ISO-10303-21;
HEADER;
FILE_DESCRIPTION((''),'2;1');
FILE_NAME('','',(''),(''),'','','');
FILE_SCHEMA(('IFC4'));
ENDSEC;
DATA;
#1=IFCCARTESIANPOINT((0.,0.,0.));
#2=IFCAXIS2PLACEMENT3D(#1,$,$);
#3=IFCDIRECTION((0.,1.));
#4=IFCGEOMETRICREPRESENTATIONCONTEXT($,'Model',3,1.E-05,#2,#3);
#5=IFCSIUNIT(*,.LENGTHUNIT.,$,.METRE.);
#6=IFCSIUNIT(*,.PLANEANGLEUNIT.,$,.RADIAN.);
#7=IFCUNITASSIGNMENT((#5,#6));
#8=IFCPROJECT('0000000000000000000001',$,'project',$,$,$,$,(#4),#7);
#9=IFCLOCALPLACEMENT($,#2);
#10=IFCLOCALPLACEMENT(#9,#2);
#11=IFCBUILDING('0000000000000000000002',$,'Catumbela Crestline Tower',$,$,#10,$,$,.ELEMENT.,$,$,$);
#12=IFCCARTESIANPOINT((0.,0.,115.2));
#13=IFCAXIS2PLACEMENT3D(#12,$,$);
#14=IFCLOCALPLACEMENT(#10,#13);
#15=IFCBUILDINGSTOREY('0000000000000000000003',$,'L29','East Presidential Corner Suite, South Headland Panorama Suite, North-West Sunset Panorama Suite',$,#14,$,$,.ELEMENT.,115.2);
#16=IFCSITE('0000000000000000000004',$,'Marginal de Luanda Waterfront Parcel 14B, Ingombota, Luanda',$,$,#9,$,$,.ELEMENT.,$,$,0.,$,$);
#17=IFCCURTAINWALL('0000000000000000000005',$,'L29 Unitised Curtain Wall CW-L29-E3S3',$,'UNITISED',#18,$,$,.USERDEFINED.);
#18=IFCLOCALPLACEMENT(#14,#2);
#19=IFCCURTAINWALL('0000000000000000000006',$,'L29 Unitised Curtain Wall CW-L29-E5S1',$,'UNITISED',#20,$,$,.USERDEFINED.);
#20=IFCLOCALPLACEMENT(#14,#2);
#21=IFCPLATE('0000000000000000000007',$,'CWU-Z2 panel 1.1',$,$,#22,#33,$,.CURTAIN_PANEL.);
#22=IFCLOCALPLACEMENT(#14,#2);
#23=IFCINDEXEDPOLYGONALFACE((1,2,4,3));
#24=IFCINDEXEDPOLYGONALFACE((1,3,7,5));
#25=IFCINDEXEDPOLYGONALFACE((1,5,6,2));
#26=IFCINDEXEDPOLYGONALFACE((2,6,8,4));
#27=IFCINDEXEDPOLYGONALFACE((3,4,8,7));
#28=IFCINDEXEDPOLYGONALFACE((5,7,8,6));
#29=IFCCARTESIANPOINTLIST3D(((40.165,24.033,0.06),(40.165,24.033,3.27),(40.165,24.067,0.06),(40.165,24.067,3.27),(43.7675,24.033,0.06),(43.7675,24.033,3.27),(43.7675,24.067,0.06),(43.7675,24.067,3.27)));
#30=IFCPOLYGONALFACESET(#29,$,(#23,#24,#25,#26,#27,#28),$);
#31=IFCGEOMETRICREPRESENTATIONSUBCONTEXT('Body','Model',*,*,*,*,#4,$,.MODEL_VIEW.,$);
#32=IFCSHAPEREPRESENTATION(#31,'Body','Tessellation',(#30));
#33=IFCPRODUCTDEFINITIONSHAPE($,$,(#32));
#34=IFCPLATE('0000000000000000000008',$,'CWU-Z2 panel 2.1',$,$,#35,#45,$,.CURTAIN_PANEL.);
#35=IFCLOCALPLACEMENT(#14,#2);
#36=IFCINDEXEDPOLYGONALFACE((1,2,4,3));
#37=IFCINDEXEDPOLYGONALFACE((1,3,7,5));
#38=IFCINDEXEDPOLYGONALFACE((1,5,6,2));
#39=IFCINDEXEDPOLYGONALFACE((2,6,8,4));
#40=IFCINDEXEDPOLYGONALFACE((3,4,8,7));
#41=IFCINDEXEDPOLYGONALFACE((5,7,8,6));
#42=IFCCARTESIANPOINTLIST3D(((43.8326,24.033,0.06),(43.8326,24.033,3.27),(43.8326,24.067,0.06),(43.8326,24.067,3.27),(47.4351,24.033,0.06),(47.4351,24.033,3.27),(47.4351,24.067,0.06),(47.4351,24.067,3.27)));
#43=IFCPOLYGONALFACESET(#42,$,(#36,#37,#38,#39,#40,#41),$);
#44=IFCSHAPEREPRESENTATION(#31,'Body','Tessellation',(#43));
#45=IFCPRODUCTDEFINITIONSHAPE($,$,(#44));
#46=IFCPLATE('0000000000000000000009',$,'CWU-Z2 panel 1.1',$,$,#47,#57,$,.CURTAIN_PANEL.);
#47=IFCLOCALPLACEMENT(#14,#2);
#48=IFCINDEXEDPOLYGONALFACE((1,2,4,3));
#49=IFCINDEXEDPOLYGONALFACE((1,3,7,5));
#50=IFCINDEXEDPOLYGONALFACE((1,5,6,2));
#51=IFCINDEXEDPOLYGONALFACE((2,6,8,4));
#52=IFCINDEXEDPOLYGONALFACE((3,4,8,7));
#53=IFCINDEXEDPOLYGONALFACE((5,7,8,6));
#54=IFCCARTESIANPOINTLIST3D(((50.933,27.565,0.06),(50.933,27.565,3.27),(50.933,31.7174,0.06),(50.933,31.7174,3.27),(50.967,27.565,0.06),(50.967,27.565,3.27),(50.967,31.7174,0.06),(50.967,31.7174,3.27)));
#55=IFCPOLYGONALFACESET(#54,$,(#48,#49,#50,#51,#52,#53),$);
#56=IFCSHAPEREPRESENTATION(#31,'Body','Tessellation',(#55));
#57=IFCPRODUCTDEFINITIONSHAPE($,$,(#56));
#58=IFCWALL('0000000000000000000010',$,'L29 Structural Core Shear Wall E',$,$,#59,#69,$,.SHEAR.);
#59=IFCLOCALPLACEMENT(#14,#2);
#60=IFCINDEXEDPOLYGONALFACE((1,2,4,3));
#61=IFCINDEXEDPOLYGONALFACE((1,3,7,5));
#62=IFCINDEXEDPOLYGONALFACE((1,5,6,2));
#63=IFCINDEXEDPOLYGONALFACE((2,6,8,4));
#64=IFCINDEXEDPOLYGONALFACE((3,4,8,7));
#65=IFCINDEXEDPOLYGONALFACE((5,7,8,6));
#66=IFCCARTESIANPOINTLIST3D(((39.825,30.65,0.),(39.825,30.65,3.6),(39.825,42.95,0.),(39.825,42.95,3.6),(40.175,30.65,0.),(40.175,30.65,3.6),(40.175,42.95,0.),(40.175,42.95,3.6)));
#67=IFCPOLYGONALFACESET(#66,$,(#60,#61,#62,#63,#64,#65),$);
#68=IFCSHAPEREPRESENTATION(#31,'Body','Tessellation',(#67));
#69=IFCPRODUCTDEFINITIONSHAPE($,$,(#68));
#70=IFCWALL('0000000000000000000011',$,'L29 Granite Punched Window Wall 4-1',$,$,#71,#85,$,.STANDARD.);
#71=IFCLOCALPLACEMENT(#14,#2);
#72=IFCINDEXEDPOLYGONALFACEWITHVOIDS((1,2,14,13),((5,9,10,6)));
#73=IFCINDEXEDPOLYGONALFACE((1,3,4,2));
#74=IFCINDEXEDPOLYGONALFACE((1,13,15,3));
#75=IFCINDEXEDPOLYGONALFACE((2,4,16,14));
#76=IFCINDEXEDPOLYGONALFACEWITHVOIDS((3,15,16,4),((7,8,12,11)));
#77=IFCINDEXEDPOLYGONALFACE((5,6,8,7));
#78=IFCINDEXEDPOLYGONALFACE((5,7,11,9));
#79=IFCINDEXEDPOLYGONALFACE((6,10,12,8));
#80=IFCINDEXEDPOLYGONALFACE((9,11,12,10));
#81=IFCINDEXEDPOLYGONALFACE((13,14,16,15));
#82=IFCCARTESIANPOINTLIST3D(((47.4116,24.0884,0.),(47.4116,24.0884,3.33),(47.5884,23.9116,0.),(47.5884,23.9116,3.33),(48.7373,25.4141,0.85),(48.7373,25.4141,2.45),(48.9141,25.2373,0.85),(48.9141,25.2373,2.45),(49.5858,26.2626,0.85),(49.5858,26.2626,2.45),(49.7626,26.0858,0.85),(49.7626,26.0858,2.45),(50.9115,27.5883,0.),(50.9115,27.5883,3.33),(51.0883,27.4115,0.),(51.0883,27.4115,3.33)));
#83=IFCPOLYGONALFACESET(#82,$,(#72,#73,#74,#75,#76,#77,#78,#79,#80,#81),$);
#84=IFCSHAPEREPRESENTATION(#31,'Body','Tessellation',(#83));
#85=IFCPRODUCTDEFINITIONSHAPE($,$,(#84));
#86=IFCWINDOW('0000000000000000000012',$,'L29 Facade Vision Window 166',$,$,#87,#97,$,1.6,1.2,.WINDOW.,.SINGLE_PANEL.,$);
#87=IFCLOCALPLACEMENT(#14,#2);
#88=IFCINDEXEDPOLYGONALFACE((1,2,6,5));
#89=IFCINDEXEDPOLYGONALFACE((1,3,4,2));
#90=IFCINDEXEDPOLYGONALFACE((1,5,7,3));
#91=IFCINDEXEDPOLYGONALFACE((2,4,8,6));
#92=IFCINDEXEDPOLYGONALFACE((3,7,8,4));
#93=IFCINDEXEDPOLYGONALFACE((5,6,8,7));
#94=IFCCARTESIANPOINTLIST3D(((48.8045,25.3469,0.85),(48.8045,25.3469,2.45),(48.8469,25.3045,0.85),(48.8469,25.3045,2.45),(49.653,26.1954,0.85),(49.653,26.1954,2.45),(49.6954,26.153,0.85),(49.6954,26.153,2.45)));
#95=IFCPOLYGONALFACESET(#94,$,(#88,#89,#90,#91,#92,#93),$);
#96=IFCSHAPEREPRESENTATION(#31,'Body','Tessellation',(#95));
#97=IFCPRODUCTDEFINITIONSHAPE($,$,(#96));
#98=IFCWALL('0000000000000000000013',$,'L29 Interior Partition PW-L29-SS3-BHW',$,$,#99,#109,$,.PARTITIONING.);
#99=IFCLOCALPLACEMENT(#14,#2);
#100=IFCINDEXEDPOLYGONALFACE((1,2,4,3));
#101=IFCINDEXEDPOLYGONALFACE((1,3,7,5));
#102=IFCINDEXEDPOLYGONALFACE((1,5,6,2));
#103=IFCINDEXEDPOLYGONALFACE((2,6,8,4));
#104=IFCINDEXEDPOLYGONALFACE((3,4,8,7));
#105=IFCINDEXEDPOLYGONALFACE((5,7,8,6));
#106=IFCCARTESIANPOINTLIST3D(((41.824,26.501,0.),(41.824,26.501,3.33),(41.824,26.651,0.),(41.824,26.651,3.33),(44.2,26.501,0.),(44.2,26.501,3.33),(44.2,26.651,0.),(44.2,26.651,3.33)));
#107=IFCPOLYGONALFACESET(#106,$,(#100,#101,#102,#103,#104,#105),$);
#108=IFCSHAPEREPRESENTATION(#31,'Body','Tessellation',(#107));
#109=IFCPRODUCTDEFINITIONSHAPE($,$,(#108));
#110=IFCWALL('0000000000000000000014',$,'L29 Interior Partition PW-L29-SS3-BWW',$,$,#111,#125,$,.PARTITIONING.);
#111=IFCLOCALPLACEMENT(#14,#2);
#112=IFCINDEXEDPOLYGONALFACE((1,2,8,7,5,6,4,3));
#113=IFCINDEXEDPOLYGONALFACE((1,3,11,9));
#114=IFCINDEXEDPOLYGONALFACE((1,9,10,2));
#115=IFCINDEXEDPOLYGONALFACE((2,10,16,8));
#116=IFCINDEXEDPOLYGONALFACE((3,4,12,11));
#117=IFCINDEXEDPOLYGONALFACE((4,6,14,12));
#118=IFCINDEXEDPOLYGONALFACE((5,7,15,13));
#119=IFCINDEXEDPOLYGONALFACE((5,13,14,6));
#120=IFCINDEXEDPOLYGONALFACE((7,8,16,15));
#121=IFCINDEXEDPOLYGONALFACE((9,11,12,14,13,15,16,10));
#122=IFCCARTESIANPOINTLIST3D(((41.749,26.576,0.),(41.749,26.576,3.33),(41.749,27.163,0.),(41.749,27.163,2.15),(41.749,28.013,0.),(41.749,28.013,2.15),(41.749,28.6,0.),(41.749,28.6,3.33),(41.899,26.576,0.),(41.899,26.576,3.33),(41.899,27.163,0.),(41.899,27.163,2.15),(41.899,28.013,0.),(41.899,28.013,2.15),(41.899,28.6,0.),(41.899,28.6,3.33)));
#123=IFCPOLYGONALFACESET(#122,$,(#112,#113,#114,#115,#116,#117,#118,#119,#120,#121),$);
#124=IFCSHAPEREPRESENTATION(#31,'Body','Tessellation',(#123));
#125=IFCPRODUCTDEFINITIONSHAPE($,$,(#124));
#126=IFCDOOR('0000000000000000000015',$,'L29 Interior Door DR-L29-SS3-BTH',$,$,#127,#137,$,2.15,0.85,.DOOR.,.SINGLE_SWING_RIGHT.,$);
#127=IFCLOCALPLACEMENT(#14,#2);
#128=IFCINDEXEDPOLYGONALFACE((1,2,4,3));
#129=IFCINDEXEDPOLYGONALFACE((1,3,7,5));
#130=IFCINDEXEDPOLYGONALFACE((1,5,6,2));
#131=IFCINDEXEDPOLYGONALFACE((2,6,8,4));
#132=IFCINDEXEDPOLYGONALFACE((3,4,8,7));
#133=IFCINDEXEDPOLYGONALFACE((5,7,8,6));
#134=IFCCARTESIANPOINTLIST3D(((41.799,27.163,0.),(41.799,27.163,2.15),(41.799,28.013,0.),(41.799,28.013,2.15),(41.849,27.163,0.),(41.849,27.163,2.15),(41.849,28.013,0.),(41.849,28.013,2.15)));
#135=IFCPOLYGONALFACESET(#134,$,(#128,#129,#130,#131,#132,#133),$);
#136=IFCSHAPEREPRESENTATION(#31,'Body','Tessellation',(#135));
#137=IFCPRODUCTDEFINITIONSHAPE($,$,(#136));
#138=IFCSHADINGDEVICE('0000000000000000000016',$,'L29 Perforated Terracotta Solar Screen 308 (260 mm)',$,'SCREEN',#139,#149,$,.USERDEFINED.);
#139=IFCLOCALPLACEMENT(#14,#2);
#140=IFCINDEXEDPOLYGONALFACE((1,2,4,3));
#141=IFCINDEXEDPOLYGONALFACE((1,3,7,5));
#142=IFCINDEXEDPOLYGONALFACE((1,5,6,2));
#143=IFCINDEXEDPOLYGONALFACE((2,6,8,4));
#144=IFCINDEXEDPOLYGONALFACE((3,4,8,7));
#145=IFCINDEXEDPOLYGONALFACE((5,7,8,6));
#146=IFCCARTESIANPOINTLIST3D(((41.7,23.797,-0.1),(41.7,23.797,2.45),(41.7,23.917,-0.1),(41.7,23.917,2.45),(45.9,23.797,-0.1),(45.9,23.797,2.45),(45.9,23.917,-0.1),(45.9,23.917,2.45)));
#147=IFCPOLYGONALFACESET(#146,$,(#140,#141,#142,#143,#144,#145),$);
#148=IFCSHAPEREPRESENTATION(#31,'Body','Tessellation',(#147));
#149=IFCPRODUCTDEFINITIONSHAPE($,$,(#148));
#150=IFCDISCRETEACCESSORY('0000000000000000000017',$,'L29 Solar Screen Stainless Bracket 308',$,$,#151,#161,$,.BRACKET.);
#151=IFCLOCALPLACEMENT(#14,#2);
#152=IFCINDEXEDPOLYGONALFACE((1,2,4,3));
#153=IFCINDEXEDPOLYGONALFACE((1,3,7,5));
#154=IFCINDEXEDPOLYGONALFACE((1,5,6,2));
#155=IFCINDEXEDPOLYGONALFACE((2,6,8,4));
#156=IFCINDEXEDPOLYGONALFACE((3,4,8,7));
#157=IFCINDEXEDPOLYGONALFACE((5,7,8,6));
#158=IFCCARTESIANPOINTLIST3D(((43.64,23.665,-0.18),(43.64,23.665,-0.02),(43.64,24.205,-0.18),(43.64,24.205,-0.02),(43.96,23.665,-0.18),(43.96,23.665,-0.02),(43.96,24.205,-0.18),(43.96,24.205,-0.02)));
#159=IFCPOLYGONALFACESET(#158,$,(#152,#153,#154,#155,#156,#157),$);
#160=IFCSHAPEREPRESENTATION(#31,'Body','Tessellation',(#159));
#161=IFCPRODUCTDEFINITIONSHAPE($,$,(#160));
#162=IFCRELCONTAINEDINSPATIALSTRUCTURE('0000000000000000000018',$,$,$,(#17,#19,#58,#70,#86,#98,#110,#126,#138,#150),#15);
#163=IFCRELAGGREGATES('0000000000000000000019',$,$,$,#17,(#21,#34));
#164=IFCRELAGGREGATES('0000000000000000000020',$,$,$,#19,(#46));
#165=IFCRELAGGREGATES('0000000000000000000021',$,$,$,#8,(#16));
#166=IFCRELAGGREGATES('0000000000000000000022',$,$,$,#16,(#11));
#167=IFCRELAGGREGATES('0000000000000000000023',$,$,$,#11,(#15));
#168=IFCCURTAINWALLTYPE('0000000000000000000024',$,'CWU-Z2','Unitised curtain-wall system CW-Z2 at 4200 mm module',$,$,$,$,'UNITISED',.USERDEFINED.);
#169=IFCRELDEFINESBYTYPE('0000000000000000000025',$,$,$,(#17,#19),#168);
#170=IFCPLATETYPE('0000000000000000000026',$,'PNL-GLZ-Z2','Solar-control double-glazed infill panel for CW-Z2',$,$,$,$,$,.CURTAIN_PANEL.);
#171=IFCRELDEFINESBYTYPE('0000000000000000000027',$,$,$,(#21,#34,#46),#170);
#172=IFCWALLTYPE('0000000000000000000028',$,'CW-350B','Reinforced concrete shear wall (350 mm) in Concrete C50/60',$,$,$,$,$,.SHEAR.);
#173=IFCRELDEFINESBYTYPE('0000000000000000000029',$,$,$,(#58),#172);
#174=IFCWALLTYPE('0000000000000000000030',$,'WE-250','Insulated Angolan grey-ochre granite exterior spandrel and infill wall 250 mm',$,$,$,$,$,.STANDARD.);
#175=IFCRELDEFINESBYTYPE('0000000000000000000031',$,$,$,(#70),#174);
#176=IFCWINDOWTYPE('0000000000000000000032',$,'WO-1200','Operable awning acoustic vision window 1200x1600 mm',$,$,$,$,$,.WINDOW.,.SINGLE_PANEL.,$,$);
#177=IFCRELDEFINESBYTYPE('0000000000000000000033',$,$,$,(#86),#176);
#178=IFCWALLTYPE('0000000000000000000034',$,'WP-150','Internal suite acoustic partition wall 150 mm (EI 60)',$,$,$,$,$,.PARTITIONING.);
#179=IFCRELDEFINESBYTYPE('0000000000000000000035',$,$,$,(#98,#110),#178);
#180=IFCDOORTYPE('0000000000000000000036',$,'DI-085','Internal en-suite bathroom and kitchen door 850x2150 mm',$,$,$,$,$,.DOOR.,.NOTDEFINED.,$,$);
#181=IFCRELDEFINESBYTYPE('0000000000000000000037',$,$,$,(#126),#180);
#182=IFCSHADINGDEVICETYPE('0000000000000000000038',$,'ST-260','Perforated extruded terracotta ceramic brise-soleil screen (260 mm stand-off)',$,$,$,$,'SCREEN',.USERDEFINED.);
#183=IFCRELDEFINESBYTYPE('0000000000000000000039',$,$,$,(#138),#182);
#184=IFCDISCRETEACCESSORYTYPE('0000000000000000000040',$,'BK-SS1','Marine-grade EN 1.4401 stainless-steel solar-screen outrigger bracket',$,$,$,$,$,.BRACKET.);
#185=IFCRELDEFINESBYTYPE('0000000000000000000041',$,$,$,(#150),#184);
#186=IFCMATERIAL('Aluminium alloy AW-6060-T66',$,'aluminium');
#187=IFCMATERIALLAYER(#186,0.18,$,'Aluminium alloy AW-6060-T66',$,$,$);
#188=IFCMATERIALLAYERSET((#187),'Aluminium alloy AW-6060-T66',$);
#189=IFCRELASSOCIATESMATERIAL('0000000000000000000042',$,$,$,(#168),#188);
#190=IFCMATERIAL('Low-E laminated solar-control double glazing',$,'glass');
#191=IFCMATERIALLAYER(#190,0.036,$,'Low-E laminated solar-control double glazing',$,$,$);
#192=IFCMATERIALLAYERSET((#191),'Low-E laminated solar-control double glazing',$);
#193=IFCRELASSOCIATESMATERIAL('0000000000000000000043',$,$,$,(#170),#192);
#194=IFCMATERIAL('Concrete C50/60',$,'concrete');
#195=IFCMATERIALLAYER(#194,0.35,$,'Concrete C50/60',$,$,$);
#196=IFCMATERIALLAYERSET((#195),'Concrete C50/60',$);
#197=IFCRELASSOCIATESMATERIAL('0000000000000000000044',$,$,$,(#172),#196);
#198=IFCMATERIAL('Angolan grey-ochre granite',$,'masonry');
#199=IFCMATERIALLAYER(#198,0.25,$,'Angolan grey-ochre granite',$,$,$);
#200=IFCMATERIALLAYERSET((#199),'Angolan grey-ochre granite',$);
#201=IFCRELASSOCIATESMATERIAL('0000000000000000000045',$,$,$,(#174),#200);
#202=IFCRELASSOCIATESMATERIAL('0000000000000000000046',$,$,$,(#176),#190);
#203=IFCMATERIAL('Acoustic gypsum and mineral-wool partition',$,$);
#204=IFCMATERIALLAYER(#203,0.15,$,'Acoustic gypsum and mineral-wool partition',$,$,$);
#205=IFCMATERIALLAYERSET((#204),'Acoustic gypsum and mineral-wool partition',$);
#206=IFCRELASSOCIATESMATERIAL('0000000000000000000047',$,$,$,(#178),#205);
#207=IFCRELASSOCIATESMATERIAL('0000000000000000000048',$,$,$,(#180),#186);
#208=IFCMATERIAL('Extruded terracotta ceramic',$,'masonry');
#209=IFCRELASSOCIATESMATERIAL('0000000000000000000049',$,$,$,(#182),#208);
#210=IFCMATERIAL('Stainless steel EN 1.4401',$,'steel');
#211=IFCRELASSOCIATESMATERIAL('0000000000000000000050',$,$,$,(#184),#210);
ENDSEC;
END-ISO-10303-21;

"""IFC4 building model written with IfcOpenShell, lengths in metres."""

from ifc_helpers import new_model, si_unit, direction, frame, frame_2d, origin, origin_2d, place, context, subcontext, project, spatial, rectangle, extrude, material, layer, layer_set, type_object, element, fill, aggregate, save


model = new_model("IFC4")

# Units and contexts
model_context = context("Model", 3, precision=1e-05, world=origin(), true_north=direction((0.0, 1.0)))
body_context = subcontext(model_context, "Body", "Model", "MODEL_VIEW")
ifc_project = project(units=[si_unit("LENGTHUNIT", "METRE"), si_unit("PLANEANGLEUNIT", "RADIAN")], contexts=[model_context])

# Site, building, storey
site_placement = place(None, origin())
site = spatial("IfcSite", under=ifc_project, at=site_placement, Name="Marginal de Luanda Waterfront Parcel 14B, Ingombota, Luanda", CompositionType="ELEMENT", RefElevation=0.0)
building_placement = place(site_placement, origin())
building = spatial("IfcBuilding", under=site, at=building_placement, Name="Catumbela Crestline Tower", CompositionType="ELEMENT")
storey_placement = place(building_placement, frame((0.0, 0.0, 115.2)))
storey = spatial("IfcBuildingStorey", under=building, at=storey_placement, Name="L29", Description="East Presidential Corner Suite, South Headland Panorama Suite, North-West Sunset Panorama Suite", CompositionType="ELEMENT", Elevation=115.2)

# Shared definitions
ifc_material_1 = material(Name="Concrete C50/60", Category="concrete")

# Shared definitions
ifc_material_2 = material(Name="Aluminium alloy AW-6060-T66", Category="aluminium")
ifc_layer_1 = layer(ifc_material_2, 0.18, Name="Aluminium alloy AW-6060-T66")
ifc_layer_set_1 = layer_set([ifc_layer_1], Name="Aluminium alloy AW-6060-T66")
curtain_wall_type = type_object("IfcCurtainWallType", Name="CWU-Z2", Description="Unitised curtain-wall system CW-Z2 at 4200 mm module", ElementType="UNITISED", PredefinedType="USERDEFINED", material=ifc_layer_set_1)

# Curtain wall
curtain_wall_1_placement = place(storey_placement, origin())
curtain_wall_1 = element("IfcCurtainWall", 1, at=curtain_wall_1_placement, inside=storey, type_object=curtain_wall_type, Name="L29 Unitised Curtain Wall CW-L29-E3S3", ObjectType="UNITISED", PredefinedType="USERDEFINED")

# Curtain wall
curtain_wall_2_placement = place(storey_placement, origin())
curtain_wall_2 = element("IfcCurtainWall", 2, at=curtain_wall_2_placement, inside=storey, type_object=curtain_wall_type, Name="L29 Unitised Curtain Wall CW-L29-E5S1", ObjectType="UNITISED", PredefinedType="USERDEFINED")

# Plates
ifc_material_3 = material(Name="Low-E laminated solar-control double glazing", Category="glass")
ifc_layer_2 = layer(ifc_material_3, 0.036, Name="Low-E laminated solar-control double glazing")
ifc_layer_set_2 = layer_set([ifc_layer_2], Name="Low-E laminated solar-control double glazing")
plate_type = type_object("IfcPlateType", Name="PNL-GLZ-Z2", Description="Solar-control double-glazed infill panel for CW-Z2", PredefinedType="CURTAIN_PANEL", material=ifc_layer_set_2)
plate_1_placement = place(storey_placement, frame((41.9662, 24.05, 0.06), z_axis=(0.0, 0.0, 1.0), x_axis=(1.0, 0.0, 0.0)))
plate_1 = element("IfcPlate", 3, at=plate_1_placement, type_object=plate_type, Name="CWU-Z2 panel 1.1", PredefinedType="CURTAIN_PANEL", context=body_context, shape_type="SweptSolid", body=[
    extrude(rectangle(XDim=3.6025, YDim=0.034, at=origin_2d()), origin(), (0.0, 0.0, 1.0), 3.21),
])
plate_2_placement = place(storey_placement, frame((45.6338, 24.05, 0.06), z_axis=(0.0, 0.0, 1.0), x_axis=(1.0, 0.0, 0.0)))
plate_2 = element("IfcPlate", 4, at=plate_2_placement, type_object=plate_type, Name="CWU-Z2 panel 2.1", PredefinedType="CURTAIN_PANEL", context=body_context, shape_type="SweptSolid", body=[
    extrude(rectangle(XDim=3.6025, YDim=0.034, at=origin_2d()), origin(), (0.0, 0.0, 1.0), 3.21),
])
aggregate(curtain_wall_1, [plate_1, plate_2])
plate_3_placement = place(storey_placement, frame((50.95, 29.6412, 0.06), z_axis=(0.0, 0.0, 1.0), x_axis=(0.0, 1.0, 0.0)))
plate_3 = element("IfcPlate", 5, at=plate_3_placement, type_object=plate_type, Name="CWU-Z2 panel 1.1", PredefinedType="CURTAIN_PANEL", context=body_context, shape_type="SweptSolid", body=[
    extrude(rectangle(XDim=4.1525, YDim=0.034, at=origin_2d()), origin(), (0.0, 0.0, 1.0), 3.21),
])
aggregate(curtain_wall_2, [plate_3])

# Wall
ifc_layer_3 = layer(ifc_material_1, 0.35, Name="Concrete C50/60")
ifc_layer_set_3 = layer_set([ifc_layer_3], Name="Concrete C50/60")
wall_type_1 = type_object("IfcWallType", Name="CW-350B", Description="Reinforced concrete shear wall (350 mm) in Concrete C50/60", PredefinedType="SHEAR", material=ifc_layer_set_3)
wall_1_placement = place(storey_placement, frame((40.0, 30.65, 0.0), z_axis=(0.0, 0.0, 1.0), x_axis=(0.0, 1.0, 0.0)))
element("IfcWall", 6, at=wall_1_placement, inside=storey, type_object=wall_type_1, Name="L29 Structural Core Shear Wall E", PredefinedType="SHEAR", context=body_context, shape_type="SweptSolid", body=[
    extrude(rectangle(XDim=12.3, YDim=0.35, at=frame_2d((6.15, 0.0))), origin(), (0.0, 0.0, 1.0), 3.6),
])

# Wall, opening, window
ifc_material_4 = material(Name="Angolan grey-ochre granite", Category="masonry")
ifc_layer_4 = layer(ifc_material_4, 0.25, Name="Angolan grey-ochre granite")
ifc_layer_set_4 = layer_set([ifc_layer_4], Name="Angolan grey-ochre granite")
wall_type_2 = type_object("IfcWallType", Name="WE-250", Description="Insulated Angolan grey-ochre granite exterior spandrel and infill wall 250 mm", PredefinedType="STANDARD", material=ifc_layer_set_4)
wall_2_placement = place(storey_placement, frame((47.5, 24.0, 0.0), z_axis=(0.0, 0.0, 1.0), x_axis=(0.707107, 0.707107, 0.0)))
wall_2 = element("IfcWall", 7, at=wall_2_placement, inside=storey, type_object=wall_type_2, Name="L29 Granite Punched Window Wall 4-1", PredefinedType="STANDARD", context=body_context, shape_type="SweptSolid", body=[
    extrude(rectangle(XDim=4.9497, YDim=0.25, at=frame_2d((2.4748, 0.0))), origin(), (0.0, 0.0, 1.0), 3.33),
])
opening_1_placement = place(wall_2_placement, frame((1.8748, 0.0, 0.85)))
opening_1 = element("IfcOpeningElement", 8, at=opening_1_placement, cuts=wall_2, PredefinedType="OPENING", context=body_context, shape_type="SweptSolid", body=[
    extrude(rectangle(XDim=1.2, YDim=1.6, at=frame_2d((0.6, 0.8))), frame((0.0, 0.135, 0.0), z_axis=(0.0, -1.0, 0.0), x_axis=(1.0, 0.0, 0.0)), (0.0, 0.0, 1.0), 0.27),
])
window_type = type_object("IfcWindowType", Name="WO-1200", Description="Operable awning acoustic vision window 1200x1600 mm", PartitioningType="SINGLE_PANEL", PredefinedType="WINDOW", material=ifc_material_3)
window_placement = place(opening_1_placement, origin())
window = element("IfcWindow", 9, at=window_placement, inside=storey, type_object=window_type, Name="L29 Facade Vision Window 166", OverallHeight=1.6, OverallWidth=1.2, PartitioningType="SINGLE_PANEL", PredefinedType="WINDOW", context=body_context, shape_type="SweptSolid", body=[
    extrude(rectangle(XDim=1.2, YDim=1.6, at=frame_2d((0.6, 0.8))), frame((0.0, 0.03, 0.0), z_axis=(0.0, -1.0, 0.0), x_axis=(1.0, 0.0, 0.0)), (0.0, 0.0, 1.0), 0.06),
])
fill(opening_1, window)

# Wall
ifc_material_5 = material(Name="Acoustic gypsum and mineral-wool partition")
ifc_layer_5 = layer(ifc_material_5, 0.15, Name="Acoustic gypsum and mineral-wool partition")
ifc_layer_set_5 = layer_set([ifc_layer_5], Name="Acoustic gypsum and mineral-wool partition")
wall_type_3 = type_object("IfcWallType", Name="WP-150", Description="Internal suite acoustic partition wall 150 mm (EI 60)", PredefinedType="PARTITIONING", material=ifc_layer_set_5)
wall_3_placement = place(storey_placement, frame((41.824, 26.576, 0.0), z_axis=(0.0, 0.0, 1.0), x_axis=(1.0, 0.0, 0.0)))
element("IfcWall", 10, at=wall_3_placement, inside=storey, type_object=wall_type_3, Name="L29 Interior Partition PW-L29-SS3-BHW", PredefinedType="PARTITIONING", context=body_context, shape_type="SweptSolid", body=[
    extrude(rectangle(XDim=2.376, YDim=0.15, at=frame_2d((1.188, 0.0))), origin(), (0.0, 0.0, 1.0), 3.33),
])

# Wall, opening, door
wall_4_placement = place(storey_placement, frame((41.824, 26.576, 0.0), z_axis=(0.0, 0.0, 1.0), x_axis=(0.0, 1.0, 0.0)))
wall_4 = element("IfcWall", 11, at=wall_4_placement, inside=storey, type_object=wall_type_3, Name="L29 Interior Partition PW-L29-SS3-BWW", PredefinedType="PARTITIONING", context=body_context, shape_type="SweptSolid", body=[
    extrude(rectangle(XDim=2.024, YDim=0.15, at=frame_2d((1.012, 0.0))), origin(), (0.0, 0.0, 1.0), 3.33),
])
opening_2_placement = place(wall_4_placement, frame((0.587, 0.0, 0.0)))
opening_2 = element("IfcOpeningElement", 12, at=opening_2_placement, cuts=wall_4, PredefinedType="OPENING", context=body_context, shape_type="SweptSolid", body=[
    extrude(rectangle(XDim=0.85, YDim=2.15, at=frame_2d((0.425, 1.075))), frame((0.0, 0.085, 0.0), z_axis=(0.0, -1.0, 0.0), x_axis=(1.0, 0.0, 0.0)), (0.0, 0.0, 1.0), 0.17),
])
door_type = type_object("IfcDoorType", Name="DI-085", Description="Internal en-suite bathroom and kitchen door 850x2150 mm", OperationType="NOTDEFINED", PredefinedType="DOOR", material=ifc_material_2)
door_placement = place(opening_2_placement, origin())
door = element("IfcDoor", 13, at=door_placement, inside=storey, type_object=door_type, Name="L29 Interior Door DR-L29-SS3-BTH", OperationType="SINGLE_SWING_RIGHT", OverallHeight=2.15, OverallWidth=0.85, PredefinedType="DOOR", context=body_context, shape_type="SweptSolid", body=[
    extrude(rectangle(XDim=0.85, YDim=2.15, at=frame_2d((0.425, 1.075))), frame((0.0, 0.025, 0.0), z_axis=(0.0, -1.0, 0.0), x_axis=(1.0, 0.0, 0.0)), (0.0, 0.0, 1.0), 0.05),
])
fill(opening_2, door)

# Shading device
ifc_material_6 = material(Name="Extruded terracotta ceramic", Category="masonry")
shading_device_type = type_object("IfcShadingDeviceType", Name="ST-260", Description="Perforated extruded terracotta ceramic brise-soleil screen (260 mm stand-off)", ElementType="SCREEN", PredefinedType="USERDEFINED", material=ifc_material_6)
shading_device_placement = place(storey_placement, frame((43.8, 23.857, -0.1), z_axis=(0.0, 0.0, 1.0), x_axis=(1.0, 0.0, 0.0)))
element("IfcShadingDevice", 14, at=shading_device_placement, inside=storey, type_object=shading_device_type, Name="L29 Perforated Terracotta Solar Screen 308 (260 mm)", ObjectType="SCREEN", PredefinedType="USERDEFINED", context=body_context, shape_type="SweptSolid", body=[
    extrude(rectangle(XDim=4.2, YDim=0.12, at=origin_2d()), origin(), (0.0, 0.0, 1.0), 2.55),
])

# Discrete accessory
ifc_material_7 = material(Name="Stainless steel EN 1.4401", Category="steel")
discrete_accessory_type = type_object("IfcDiscreteAccessoryType", Name="BK-SS1", Description="Marine-grade EN 1.4401 stainless-steel solar-screen outrigger bracket", PredefinedType="BRACKET", material=ifc_material_7)
discrete_accessory_placement = place(storey_placement, frame((43.8, 23.935, -0.18), z_axis=(0.0, 0.0, 1.0), x_axis=(1.0, 0.0, 0.0)))
element("IfcDiscreteAccessory", 15, at=discrete_accessory_placement, inside=storey, type_object=discrete_accessory_type, Name="L29 Solar Screen Stainless Bracket 308", PredefinedType="BRACKET", context=body_context, shape_type="SweptSolid", body=[
    extrude(rectangle(XDim=0.32, YDim=0.54, at=origin_2d()), origin(), (0.0, 0.0, 1.0), 0.16),
])

save(model, "model.ifc")
